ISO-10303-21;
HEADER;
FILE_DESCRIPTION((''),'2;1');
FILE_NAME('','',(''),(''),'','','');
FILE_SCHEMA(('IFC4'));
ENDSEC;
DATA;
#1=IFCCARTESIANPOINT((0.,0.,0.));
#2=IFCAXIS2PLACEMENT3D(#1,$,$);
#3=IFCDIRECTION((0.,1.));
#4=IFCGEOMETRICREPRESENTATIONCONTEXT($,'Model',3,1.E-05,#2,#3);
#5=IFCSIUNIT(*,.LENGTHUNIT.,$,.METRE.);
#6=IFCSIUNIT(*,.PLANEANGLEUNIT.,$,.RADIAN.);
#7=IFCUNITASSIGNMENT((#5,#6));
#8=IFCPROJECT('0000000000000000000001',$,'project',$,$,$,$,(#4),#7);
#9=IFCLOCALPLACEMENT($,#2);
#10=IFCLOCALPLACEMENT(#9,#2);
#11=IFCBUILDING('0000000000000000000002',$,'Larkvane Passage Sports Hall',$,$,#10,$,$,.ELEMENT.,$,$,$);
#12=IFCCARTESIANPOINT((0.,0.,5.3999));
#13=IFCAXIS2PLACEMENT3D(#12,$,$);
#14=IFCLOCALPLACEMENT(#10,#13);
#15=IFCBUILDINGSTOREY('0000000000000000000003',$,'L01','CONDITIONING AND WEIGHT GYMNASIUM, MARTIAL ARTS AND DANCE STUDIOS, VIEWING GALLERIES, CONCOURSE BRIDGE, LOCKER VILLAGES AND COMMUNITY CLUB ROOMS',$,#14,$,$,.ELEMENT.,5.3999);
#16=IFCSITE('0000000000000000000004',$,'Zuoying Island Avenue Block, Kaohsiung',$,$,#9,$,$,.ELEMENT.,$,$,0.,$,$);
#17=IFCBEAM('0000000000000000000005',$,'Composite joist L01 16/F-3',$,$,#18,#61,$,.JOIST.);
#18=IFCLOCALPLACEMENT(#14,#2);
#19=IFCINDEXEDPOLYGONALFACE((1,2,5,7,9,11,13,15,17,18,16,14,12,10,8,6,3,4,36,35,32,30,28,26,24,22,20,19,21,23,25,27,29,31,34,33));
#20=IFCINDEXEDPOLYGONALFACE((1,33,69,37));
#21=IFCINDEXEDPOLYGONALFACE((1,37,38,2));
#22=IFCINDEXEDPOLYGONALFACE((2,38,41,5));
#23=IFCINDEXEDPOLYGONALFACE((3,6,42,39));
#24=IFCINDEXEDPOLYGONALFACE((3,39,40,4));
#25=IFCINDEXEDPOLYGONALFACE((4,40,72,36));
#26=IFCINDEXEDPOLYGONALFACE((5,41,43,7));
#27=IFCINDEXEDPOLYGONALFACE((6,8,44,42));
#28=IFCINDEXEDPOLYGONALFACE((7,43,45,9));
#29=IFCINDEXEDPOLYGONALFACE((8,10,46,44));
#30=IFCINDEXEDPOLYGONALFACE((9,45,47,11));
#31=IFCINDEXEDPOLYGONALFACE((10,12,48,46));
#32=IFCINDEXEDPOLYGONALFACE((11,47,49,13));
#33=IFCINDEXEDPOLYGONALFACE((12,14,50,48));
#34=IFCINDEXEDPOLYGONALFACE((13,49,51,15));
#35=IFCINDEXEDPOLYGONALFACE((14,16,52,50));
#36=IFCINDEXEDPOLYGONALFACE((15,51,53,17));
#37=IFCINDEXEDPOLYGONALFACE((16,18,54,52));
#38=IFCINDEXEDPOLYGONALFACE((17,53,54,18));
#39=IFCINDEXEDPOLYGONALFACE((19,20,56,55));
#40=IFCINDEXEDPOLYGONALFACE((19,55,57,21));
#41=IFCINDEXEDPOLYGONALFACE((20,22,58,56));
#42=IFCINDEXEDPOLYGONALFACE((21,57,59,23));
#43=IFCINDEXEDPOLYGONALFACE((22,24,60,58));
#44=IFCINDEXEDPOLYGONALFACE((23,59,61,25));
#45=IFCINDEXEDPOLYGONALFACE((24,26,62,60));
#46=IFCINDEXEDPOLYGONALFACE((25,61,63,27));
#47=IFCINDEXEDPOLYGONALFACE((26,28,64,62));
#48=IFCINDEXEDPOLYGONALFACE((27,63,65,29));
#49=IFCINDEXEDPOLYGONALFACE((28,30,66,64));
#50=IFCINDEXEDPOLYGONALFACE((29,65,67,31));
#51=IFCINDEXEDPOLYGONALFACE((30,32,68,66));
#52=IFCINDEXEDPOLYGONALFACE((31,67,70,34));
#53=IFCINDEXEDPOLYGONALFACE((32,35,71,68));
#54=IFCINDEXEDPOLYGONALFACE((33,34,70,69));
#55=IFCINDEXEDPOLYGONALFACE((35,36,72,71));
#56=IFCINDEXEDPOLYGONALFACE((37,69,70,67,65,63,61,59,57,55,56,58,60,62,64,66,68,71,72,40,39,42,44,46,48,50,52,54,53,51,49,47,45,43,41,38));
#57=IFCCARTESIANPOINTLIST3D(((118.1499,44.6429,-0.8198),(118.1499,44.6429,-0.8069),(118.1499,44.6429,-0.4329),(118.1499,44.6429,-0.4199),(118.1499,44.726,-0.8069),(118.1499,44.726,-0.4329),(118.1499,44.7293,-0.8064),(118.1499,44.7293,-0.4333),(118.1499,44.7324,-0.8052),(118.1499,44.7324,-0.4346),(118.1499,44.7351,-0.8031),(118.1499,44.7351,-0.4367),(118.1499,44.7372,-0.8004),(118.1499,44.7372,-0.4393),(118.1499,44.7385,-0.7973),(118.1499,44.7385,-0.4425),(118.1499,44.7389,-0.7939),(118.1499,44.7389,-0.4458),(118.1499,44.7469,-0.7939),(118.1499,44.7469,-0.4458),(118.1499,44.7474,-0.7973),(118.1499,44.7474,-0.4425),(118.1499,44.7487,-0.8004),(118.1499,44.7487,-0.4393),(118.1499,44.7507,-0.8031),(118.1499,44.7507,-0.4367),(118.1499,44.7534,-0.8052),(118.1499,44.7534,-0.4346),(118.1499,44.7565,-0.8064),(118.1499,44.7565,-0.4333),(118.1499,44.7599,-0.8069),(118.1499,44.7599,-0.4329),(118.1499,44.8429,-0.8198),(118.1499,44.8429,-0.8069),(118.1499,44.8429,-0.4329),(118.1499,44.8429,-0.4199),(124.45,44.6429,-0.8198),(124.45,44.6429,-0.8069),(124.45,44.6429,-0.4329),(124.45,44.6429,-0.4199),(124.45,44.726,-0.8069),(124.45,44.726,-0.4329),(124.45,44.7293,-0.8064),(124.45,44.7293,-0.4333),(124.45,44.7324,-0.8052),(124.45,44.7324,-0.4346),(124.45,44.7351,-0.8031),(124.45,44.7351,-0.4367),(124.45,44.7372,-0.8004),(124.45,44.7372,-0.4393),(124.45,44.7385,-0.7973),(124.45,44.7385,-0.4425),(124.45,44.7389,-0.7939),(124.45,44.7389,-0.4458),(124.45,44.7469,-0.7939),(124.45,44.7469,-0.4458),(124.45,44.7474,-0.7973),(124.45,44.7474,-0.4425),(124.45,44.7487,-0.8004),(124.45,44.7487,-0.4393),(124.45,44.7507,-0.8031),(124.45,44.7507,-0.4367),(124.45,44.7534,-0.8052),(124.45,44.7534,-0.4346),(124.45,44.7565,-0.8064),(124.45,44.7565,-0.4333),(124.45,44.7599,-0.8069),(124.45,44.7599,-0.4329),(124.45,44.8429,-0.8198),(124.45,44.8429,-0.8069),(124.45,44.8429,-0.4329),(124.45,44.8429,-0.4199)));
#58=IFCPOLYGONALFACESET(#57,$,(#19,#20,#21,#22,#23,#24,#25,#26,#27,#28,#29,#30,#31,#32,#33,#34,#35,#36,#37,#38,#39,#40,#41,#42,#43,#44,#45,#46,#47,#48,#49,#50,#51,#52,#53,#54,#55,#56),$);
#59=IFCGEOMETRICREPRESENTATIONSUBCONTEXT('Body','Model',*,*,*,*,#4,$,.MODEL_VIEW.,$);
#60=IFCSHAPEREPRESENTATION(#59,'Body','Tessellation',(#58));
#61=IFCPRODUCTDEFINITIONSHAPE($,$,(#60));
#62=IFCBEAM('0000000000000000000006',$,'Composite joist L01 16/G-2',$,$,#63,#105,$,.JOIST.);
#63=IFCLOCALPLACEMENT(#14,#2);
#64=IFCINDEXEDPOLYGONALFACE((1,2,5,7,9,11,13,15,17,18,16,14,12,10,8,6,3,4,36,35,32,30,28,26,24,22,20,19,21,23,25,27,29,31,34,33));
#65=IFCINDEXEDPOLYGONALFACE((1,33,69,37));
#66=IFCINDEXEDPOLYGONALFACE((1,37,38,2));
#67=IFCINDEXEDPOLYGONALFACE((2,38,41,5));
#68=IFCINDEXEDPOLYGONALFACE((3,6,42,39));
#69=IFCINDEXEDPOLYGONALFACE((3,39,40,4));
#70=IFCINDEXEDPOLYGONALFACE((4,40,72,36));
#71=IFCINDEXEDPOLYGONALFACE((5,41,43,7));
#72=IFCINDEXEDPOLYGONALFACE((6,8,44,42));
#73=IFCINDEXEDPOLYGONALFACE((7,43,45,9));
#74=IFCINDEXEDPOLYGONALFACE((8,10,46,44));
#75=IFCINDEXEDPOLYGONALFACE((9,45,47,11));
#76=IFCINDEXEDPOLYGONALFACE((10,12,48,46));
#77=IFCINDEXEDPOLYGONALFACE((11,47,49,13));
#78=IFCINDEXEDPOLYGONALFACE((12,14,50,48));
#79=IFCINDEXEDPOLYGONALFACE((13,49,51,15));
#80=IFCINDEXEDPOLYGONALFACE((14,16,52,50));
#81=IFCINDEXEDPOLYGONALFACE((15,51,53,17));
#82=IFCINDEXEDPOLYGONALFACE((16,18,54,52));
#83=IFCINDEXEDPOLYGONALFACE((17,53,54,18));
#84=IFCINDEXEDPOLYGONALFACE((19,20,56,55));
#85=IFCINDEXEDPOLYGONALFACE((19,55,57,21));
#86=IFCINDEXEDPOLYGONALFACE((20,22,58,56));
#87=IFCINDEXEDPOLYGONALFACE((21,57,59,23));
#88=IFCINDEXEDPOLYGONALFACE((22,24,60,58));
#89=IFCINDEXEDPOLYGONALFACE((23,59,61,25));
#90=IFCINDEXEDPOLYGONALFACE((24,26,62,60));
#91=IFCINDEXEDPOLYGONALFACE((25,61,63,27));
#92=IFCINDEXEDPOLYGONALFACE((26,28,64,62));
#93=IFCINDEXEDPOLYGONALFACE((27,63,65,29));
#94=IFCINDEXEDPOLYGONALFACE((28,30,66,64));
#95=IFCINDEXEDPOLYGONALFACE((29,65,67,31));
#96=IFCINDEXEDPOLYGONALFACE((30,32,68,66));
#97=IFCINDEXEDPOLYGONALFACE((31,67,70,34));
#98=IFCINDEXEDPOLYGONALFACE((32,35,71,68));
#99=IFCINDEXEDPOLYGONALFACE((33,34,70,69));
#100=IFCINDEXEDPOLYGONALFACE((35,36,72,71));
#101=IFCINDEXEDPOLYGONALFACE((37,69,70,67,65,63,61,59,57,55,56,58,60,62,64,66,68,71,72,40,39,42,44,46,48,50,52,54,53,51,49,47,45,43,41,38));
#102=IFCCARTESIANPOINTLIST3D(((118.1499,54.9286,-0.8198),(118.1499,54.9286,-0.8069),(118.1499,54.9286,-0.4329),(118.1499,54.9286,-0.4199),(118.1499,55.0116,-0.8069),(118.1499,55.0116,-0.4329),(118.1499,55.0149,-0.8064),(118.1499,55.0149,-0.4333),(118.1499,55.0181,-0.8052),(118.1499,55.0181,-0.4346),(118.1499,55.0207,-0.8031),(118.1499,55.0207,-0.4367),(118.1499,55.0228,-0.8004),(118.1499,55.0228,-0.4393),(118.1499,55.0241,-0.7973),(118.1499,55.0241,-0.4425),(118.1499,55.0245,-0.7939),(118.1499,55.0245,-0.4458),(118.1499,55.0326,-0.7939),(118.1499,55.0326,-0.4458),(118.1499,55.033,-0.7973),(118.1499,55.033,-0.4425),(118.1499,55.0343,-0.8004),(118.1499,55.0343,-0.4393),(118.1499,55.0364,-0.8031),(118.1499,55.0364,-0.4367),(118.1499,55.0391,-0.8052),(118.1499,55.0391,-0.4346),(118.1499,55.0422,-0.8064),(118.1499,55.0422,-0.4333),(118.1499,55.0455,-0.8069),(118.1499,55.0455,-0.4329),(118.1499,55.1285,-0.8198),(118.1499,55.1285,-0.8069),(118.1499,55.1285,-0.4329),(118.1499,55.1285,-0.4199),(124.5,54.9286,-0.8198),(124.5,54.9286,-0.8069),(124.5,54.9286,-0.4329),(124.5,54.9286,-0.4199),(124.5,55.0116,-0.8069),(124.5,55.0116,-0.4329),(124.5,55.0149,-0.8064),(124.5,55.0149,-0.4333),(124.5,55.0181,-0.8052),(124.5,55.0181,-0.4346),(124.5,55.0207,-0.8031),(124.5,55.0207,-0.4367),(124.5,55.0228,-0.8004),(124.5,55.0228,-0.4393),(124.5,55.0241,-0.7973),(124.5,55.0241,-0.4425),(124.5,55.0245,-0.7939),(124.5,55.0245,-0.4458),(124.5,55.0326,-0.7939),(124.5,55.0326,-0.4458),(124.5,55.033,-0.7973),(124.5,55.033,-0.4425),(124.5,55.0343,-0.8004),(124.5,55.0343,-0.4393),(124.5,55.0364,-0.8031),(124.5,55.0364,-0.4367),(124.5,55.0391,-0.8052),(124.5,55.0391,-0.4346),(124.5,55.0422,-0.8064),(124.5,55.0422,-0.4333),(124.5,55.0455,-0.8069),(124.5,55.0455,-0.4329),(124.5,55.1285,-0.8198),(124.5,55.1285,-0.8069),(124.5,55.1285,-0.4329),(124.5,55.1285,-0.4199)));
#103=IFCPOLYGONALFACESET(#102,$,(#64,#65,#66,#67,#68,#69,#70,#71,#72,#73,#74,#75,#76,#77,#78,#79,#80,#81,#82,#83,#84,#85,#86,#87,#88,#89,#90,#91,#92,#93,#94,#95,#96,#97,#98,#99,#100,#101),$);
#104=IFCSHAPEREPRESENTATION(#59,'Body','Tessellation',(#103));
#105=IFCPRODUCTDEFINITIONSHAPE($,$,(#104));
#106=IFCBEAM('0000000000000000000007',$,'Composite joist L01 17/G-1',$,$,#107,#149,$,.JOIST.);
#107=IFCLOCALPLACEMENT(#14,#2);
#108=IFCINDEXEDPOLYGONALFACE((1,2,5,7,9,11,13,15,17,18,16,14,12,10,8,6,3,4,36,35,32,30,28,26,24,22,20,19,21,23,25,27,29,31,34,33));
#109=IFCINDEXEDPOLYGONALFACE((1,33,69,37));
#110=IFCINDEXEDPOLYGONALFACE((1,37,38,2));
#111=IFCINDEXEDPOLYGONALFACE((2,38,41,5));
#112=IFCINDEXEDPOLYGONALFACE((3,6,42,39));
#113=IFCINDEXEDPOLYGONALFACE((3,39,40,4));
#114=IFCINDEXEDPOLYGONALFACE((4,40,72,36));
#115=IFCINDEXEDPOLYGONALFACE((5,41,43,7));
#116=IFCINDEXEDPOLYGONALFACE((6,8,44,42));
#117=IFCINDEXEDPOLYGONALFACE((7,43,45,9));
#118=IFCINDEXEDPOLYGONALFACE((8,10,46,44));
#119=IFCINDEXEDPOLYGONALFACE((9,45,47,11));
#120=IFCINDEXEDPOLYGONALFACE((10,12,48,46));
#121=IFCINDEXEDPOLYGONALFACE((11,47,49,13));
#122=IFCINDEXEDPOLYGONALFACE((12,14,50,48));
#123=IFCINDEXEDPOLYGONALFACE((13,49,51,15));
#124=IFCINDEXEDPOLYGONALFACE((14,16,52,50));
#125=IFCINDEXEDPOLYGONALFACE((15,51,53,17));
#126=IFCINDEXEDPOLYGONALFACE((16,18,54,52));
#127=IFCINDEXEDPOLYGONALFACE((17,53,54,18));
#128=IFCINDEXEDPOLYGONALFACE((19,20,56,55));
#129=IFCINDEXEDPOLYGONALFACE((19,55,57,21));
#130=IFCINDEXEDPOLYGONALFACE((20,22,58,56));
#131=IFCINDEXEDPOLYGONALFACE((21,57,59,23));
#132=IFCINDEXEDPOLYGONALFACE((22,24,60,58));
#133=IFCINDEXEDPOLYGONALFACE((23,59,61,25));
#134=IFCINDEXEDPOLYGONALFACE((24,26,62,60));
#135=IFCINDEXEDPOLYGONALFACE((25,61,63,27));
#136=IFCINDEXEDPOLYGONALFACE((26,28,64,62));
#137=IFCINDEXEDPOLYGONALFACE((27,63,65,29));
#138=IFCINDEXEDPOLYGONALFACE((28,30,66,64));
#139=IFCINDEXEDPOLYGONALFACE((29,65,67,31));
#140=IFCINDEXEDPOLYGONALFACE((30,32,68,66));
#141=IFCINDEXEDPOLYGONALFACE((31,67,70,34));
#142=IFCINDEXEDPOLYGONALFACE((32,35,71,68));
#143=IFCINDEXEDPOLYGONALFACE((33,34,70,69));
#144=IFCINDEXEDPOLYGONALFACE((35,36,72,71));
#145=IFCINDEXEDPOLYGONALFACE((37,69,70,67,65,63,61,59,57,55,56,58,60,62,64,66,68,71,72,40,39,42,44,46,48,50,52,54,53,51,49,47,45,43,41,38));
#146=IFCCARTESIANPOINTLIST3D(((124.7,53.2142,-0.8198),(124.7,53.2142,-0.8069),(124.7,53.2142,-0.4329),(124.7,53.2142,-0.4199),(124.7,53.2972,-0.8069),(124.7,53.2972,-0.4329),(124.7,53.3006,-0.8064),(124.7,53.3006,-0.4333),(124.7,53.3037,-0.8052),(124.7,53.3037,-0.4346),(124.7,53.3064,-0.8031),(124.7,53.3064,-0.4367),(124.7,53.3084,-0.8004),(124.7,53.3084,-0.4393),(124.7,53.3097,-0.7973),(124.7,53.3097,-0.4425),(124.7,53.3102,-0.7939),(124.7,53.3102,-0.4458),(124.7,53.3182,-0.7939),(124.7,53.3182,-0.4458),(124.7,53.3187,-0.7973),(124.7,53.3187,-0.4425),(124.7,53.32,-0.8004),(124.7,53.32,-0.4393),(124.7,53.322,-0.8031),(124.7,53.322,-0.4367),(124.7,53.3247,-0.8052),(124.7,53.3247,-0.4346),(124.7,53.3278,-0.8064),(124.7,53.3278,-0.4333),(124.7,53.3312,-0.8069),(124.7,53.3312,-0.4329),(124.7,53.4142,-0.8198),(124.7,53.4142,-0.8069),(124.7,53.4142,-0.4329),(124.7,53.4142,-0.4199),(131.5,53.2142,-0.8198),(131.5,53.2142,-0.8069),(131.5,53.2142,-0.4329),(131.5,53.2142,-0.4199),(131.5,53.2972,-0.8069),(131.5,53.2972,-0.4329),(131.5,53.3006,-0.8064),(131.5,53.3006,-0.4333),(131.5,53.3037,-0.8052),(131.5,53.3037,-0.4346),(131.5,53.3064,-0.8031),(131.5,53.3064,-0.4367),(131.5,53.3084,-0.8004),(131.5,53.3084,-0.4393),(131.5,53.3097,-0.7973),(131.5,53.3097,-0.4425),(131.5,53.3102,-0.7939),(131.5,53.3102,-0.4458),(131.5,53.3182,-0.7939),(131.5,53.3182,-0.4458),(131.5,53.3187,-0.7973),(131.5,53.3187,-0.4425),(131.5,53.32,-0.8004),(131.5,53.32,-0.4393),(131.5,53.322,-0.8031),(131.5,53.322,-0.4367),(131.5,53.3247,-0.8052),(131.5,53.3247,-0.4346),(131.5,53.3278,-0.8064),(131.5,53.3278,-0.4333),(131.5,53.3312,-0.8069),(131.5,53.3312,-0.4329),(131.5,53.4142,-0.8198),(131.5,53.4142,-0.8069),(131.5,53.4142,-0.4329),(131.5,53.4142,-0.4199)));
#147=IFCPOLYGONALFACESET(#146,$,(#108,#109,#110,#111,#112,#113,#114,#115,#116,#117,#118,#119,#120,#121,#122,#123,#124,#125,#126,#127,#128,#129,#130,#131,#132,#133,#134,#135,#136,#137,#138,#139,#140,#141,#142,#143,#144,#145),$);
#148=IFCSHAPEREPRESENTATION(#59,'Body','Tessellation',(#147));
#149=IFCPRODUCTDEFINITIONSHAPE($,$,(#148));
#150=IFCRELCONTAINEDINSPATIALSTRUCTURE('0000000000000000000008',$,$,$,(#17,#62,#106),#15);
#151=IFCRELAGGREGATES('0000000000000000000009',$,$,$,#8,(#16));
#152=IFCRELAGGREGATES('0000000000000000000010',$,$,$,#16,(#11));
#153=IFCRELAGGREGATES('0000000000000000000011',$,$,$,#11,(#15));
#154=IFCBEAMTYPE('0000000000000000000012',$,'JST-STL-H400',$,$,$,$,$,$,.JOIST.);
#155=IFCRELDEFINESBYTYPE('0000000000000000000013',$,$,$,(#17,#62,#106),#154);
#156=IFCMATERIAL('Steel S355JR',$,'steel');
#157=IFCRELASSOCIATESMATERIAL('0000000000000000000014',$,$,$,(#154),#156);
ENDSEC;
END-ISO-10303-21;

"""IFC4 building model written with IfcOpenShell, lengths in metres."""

from ifc_helpers import new_model, si_unit, direction, frame, origin, origin_2d, place, context, subcontext, project, spatial, i_section, extrude, material, material_profile, profile_set, type_object, element, save


model = new_model("IFC4")

# Units and contexts
model_context = context("Model", 3, precision=1e-05, world=origin(), true_north=direction((0.0, 1.0)))
body_context = subcontext(model_context, "Body", "Model", "MODEL_VIEW")
ifc_project = project(units=[si_unit("LENGTHUNIT", "METRE"), si_unit("PLANEANGLEUNIT", "RADIAN")], contexts=[model_context])

# Site, building, storey
site_placement = place(None, origin())
site = spatial("IfcSite", under=ifc_project, at=site_placement, Name="Zuoying Island Avenue Block, Kaohsiung", CompositionType="ELEMENT", RefElevation=0.0)
building_placement = place(site_placement, origin())
building = spatial("IfcBuilding", under=site, at=building_placement, Name="Larkvane Passage Sports Hall", CompositionType="ELEMENT")
storey_placement = place(building_placement, frame((0.0, 0.0, 5.3999)))
storey = spatial("IfcBuildingStorey", under=building, at=storey_placement, Name="L01", Description="CONDITIONING AND WEIGHT GYMNASIUM, MARTIAL ARTS AND DANCE STUDIOS, VIEWING GALLERIES, CONCOURSE BRIDGE, LOCKER VILLAGES AND COMMUNITY CLUB ROOMS", CompositionType="ELEMENT", Elevation=5.3999)

# Beams
ifc_material_1 = material(Name="Steel S355JR", Category="steel")
ifc_material_profile_1 = material_profile(ifc_material_1, i_section(OverallWidth=0.2, OverallDepth=0.3999, WebThickness=0.0081, FlangeThickness=0.0129, FilletRadius=0.0129, at=origin_2d()), Name="H-400x200x8x13")
ifc_profile_set_1 = profile_set([ifc_material_profile_1], Name="Steel S355JR")
beam_type_1 = type_object("IfcBeamType", Name="JST-STL-H400", PredefinedType="JOIST", material=ifc_profile_set_1)
beam_1_placement = place(storey_placement, frame((118.1499, 44.7429, -0.6199), z_axis=(1.0, 0.0, 0.0), x_axis=(0.0, 1.0, 0.0)))
element("IfcBeam", 1, at=beam_1_placement, inside=storey, type_object=beam_type_1, Name="Composite joist L01 16/F-3", PredefinedType="JOIST", context=body_context, shape_type="SweptSolid", body=[
    extrude(i_section(OverallWidth=0.2, OverallDepth=0.3999, WebThickness=0.0081, FlangeThickness=0.0129, FilletRadius=0.0129, at=origin_2d()), origin(), (0.0, 0.0, 1.0), 6.3),
])
beam_2_placement = place(storey_placement, frame((118.1499, 55.0286, -0.6199), z_axis=(1.0, 0.0, 0.0), x_axis=(0.0, 1.0, 0.0)))
element("IfcBeam", 2, at=beam_2_placement, inside=storey, type_object=beam_type_1, Name="Composite joist L01 16/G-2", PredefinedType="JOIST", context=body_context, shape_type="SweptSolid", body=[
    extrude(i_section(OverallWidth=0.2, OverallDepth=0.3999, WebThickness=0.0081, FlangeThickness=0.0129, FilletRadius=0.0129, at=origin_2d()), origin(), (0.0, 0.0, 1.0), 6.3501),
])
beam_3_placement = place(storey_placement, frame((124.7, 53.3142, -0.6199), z_axis=(1.0, 0.0, 0.0), x_axis=(0.0, 1.0, 0.0)))
element("IfcBeam", 3, at=beam_3_placement, inside=storey, type_object=beam_type_1, Name="Composite joist L01 17/G-1", PredefinedType="JOIST", context=body_context, shape_type="SweptSolid", body=[
    extrude(i_section(OverallWidth=0.2, OverallDepth=0.3999, WebThickness=0.0081, FlangeThickness=0.0129, FilletRadius=0.0129, at=origin_2d()), origin(), (0.0, 0.0, 1.0), 6.8),
])

save(model, "model.ifc")
